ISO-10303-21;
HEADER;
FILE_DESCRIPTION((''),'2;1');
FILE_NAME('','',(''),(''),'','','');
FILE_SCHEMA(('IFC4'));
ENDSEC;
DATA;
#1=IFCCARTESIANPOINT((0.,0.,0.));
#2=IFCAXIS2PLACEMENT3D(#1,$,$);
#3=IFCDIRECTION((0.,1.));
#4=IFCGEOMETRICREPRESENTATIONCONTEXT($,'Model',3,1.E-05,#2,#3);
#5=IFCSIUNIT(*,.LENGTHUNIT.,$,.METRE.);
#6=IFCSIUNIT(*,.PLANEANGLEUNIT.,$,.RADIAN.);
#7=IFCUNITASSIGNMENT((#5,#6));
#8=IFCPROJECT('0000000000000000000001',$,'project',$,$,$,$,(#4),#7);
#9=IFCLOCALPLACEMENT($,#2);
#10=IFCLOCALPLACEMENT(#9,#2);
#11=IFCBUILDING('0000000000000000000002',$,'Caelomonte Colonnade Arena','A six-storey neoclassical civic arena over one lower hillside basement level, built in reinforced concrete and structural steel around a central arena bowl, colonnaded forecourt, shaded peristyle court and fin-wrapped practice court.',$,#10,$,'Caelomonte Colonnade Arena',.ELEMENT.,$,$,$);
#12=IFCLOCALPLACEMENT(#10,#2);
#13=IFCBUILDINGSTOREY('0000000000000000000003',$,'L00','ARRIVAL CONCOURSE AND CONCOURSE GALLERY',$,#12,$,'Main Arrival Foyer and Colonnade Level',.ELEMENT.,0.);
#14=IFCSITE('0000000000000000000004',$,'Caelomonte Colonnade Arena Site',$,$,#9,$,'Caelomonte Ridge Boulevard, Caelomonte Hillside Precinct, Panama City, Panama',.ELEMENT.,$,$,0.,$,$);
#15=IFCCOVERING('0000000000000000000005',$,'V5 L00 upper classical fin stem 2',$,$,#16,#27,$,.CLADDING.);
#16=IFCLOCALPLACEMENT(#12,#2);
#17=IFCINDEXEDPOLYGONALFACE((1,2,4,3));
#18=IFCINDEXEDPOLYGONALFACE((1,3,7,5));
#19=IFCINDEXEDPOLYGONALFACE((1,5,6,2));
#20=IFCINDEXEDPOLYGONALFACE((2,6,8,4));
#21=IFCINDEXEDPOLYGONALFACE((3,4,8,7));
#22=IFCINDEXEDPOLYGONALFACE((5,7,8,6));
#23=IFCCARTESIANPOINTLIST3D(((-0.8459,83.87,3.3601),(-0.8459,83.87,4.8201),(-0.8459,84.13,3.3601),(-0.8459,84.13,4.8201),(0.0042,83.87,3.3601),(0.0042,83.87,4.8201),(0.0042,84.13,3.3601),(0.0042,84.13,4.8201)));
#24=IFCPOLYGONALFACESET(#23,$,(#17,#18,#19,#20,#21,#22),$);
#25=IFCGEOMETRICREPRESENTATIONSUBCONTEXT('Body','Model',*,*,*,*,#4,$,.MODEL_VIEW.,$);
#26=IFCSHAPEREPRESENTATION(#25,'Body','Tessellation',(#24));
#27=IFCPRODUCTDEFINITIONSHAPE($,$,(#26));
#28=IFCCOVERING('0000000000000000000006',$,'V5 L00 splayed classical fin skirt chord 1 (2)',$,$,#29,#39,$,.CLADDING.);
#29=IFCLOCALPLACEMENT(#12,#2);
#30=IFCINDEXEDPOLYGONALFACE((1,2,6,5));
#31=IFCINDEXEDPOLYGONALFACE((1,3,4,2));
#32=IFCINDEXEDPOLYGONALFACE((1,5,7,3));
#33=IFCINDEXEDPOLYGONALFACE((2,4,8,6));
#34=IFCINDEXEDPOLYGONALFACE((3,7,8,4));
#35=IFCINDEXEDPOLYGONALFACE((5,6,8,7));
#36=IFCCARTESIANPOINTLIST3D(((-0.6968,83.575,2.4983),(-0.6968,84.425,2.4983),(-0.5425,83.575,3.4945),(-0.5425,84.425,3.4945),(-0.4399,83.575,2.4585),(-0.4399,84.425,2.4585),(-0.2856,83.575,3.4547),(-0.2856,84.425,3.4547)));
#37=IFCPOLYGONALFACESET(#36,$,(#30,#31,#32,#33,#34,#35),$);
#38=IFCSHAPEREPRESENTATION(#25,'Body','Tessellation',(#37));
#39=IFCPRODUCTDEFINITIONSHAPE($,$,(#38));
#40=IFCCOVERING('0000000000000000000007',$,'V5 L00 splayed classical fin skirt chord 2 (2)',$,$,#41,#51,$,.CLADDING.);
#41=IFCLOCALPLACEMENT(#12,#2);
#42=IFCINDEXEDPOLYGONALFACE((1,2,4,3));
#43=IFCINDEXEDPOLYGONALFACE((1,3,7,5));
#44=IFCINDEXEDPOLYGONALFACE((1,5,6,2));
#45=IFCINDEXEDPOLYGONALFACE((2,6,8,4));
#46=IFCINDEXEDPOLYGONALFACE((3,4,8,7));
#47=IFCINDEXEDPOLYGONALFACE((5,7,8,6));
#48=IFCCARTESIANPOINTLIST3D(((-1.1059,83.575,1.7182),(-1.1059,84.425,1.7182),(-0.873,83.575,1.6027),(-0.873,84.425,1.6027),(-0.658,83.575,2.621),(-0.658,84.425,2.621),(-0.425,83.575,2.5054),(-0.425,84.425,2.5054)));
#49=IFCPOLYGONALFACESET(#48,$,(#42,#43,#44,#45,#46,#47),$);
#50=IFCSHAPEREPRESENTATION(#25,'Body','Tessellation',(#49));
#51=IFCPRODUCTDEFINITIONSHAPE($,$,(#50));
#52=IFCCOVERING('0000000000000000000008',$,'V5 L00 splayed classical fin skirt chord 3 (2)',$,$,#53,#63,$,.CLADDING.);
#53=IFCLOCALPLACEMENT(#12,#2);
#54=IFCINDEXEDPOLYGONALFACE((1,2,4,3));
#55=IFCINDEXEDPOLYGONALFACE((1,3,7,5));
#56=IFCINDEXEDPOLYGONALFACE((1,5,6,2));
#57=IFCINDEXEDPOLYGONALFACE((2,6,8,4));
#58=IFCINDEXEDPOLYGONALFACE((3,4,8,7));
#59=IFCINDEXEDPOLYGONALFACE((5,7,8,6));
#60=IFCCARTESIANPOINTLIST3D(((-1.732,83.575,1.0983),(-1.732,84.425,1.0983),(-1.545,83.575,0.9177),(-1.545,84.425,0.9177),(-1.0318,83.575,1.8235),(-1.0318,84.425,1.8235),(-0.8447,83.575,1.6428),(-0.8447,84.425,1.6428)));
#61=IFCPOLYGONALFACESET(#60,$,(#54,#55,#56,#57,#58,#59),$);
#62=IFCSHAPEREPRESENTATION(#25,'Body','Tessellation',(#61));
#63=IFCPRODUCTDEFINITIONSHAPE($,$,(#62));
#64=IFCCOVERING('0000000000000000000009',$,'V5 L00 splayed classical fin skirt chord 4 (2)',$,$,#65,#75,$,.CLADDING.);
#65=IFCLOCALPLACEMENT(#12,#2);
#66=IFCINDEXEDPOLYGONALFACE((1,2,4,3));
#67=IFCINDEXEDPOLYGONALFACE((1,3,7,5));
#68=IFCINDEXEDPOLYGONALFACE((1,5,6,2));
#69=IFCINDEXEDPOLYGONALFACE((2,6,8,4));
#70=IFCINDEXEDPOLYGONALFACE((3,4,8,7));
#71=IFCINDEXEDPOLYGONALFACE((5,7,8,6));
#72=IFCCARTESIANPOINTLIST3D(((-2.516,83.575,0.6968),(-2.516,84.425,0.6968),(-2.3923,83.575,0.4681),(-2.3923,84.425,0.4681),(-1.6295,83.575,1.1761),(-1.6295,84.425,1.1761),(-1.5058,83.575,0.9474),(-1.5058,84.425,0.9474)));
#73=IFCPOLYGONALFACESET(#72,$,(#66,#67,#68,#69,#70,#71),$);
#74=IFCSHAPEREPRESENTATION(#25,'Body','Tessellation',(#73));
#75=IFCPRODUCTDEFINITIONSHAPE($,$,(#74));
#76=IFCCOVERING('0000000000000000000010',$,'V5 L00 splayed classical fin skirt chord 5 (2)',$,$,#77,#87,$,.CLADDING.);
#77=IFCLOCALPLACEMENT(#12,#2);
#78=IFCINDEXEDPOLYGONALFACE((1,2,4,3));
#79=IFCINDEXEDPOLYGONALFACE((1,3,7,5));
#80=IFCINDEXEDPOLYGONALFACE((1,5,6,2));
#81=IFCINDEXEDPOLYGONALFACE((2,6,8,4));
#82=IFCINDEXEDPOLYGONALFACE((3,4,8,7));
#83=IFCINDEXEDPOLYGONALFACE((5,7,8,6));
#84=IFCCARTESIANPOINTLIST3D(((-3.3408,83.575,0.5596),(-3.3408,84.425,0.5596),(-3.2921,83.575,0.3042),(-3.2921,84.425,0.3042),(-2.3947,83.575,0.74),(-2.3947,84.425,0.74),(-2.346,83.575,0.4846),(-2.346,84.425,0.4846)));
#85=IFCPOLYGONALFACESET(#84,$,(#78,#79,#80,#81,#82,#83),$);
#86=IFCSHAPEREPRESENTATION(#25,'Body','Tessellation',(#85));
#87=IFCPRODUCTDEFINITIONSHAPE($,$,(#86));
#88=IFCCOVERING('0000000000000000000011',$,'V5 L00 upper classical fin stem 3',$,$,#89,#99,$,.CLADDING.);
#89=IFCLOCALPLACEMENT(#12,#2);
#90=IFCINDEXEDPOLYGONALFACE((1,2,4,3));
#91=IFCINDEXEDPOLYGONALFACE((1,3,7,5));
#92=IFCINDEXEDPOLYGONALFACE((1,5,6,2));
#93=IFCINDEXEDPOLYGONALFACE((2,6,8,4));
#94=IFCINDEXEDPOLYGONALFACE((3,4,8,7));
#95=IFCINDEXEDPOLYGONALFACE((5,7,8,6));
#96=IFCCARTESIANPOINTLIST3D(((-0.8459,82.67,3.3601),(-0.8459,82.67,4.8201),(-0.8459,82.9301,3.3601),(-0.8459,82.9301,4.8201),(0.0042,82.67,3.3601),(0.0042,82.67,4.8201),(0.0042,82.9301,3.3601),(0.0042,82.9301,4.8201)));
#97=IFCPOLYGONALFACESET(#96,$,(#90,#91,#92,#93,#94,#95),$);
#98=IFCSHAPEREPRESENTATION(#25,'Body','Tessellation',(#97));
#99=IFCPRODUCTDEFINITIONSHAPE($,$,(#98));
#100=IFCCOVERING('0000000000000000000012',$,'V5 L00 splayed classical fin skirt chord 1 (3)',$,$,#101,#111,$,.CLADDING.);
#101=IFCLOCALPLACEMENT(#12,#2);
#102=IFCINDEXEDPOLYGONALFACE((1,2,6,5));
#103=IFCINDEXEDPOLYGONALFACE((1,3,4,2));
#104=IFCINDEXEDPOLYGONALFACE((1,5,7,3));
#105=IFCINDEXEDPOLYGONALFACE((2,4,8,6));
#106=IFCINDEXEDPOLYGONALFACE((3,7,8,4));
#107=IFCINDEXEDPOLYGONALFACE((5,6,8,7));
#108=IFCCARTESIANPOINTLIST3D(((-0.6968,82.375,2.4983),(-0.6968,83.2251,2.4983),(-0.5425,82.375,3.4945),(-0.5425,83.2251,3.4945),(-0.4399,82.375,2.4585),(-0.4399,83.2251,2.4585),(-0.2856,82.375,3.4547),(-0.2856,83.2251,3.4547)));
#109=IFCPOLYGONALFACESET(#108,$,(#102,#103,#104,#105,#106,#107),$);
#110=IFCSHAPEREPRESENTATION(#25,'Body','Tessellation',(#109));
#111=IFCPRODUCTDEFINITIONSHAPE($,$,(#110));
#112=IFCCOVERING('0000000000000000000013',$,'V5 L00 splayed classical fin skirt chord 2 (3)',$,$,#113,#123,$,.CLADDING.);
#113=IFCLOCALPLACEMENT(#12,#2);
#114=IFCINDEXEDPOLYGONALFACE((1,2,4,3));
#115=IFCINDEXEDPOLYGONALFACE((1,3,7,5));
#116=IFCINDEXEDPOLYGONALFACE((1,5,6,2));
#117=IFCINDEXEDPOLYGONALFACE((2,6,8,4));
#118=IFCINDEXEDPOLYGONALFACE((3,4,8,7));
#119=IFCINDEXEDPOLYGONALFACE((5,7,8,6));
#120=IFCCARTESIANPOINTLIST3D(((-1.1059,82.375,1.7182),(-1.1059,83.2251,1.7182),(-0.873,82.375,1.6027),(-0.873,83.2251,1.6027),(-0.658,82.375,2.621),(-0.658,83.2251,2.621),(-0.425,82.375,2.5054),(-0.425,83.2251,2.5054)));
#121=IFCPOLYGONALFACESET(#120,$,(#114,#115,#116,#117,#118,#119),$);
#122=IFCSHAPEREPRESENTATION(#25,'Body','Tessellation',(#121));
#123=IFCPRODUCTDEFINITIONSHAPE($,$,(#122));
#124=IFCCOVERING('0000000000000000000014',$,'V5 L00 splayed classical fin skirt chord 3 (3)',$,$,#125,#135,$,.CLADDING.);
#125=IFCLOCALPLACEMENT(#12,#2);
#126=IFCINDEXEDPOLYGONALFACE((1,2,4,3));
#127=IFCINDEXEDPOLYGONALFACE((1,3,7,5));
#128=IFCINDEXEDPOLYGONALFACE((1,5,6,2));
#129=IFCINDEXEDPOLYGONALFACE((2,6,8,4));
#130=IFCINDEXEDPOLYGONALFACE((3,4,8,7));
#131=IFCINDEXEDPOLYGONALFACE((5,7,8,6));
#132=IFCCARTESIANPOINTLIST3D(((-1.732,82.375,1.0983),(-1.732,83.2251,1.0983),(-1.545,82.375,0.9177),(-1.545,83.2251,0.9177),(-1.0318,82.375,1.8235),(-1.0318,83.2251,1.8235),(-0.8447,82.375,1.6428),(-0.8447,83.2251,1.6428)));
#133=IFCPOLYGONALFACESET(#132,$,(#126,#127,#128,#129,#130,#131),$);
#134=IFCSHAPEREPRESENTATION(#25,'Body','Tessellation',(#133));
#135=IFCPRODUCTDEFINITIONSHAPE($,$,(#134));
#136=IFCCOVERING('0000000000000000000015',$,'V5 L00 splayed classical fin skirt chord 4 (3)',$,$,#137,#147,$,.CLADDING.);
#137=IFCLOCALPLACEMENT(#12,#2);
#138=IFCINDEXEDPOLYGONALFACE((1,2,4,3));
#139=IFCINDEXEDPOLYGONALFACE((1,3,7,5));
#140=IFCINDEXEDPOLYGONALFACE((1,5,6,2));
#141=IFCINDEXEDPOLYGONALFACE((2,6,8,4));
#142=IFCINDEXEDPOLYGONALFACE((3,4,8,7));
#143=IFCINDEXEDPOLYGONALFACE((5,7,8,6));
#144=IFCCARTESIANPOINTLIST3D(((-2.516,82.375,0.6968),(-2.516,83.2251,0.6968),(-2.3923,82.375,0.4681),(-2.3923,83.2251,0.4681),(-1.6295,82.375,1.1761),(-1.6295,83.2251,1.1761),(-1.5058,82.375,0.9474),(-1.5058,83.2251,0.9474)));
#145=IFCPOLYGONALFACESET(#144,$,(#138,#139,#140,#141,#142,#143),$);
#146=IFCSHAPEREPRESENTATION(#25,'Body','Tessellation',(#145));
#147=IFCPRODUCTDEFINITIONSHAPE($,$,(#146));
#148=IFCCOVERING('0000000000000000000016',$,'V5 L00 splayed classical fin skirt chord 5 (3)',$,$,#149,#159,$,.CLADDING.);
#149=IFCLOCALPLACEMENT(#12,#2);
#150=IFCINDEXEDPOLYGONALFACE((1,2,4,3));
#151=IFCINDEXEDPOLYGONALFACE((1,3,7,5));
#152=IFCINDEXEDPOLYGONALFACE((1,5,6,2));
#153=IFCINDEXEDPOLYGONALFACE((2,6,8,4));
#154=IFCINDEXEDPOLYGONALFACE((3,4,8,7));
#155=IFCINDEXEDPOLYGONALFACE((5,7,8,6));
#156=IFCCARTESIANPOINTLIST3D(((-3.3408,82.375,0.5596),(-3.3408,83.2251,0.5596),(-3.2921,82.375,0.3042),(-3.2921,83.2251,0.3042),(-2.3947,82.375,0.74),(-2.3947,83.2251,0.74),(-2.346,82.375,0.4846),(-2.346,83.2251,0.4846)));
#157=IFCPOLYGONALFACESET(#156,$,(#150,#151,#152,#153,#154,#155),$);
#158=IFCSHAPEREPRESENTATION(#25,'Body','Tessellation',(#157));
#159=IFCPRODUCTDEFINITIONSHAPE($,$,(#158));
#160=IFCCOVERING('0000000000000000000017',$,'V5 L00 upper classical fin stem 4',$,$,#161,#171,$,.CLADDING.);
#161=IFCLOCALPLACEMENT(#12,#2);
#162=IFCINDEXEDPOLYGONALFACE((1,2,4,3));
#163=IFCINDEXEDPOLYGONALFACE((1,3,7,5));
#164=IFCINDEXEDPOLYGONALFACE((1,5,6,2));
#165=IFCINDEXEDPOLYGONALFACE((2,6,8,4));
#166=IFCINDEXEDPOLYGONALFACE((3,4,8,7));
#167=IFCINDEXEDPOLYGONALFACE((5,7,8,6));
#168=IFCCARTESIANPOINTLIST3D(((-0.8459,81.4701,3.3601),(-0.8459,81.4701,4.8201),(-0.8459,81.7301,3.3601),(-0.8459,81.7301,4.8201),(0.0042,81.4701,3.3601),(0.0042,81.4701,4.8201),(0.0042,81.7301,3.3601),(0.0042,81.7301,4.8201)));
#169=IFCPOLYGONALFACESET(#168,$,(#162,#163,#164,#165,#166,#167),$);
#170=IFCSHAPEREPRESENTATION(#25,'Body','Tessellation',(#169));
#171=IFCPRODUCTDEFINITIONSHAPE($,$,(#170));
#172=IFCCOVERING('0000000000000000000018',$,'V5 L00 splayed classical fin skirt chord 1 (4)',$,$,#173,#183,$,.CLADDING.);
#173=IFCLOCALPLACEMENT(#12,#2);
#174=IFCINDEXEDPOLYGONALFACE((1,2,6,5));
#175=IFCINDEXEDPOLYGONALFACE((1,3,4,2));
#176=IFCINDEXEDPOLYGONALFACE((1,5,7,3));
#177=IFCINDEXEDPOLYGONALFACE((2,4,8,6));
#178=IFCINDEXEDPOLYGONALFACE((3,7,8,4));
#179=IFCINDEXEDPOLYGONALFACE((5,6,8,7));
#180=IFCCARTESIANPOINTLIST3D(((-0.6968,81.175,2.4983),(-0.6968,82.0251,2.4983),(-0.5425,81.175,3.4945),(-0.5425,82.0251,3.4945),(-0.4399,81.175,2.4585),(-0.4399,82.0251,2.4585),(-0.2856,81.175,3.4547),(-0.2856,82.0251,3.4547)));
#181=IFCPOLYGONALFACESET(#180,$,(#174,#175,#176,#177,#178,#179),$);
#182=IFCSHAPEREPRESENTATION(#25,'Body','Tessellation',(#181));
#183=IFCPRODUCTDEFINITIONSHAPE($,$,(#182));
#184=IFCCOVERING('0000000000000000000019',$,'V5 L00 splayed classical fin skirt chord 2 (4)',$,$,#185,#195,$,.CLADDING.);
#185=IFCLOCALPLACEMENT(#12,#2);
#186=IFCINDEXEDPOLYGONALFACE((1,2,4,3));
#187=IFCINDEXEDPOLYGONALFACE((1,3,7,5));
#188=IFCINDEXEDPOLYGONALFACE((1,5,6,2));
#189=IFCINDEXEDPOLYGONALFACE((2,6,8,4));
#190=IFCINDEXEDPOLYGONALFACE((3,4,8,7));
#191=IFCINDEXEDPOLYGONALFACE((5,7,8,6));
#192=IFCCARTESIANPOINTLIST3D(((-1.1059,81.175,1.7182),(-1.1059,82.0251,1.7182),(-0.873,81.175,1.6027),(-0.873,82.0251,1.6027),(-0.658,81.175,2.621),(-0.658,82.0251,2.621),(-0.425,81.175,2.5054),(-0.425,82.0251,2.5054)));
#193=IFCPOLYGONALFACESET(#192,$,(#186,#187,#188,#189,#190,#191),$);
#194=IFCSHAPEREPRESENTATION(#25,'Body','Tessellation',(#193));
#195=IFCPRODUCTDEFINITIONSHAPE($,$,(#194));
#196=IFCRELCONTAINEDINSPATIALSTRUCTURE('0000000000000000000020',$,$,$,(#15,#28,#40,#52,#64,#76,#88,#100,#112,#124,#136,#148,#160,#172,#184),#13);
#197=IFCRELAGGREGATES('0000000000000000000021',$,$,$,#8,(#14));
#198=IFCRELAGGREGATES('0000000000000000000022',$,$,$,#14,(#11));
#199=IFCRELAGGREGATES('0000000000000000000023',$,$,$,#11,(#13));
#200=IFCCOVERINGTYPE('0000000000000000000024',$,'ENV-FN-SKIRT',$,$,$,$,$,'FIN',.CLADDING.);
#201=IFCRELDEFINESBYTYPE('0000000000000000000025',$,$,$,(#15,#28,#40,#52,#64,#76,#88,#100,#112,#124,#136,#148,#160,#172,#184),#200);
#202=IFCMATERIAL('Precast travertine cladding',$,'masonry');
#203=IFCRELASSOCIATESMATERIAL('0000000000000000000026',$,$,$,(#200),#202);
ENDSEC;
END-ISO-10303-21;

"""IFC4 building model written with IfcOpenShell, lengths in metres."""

from ifc_helpers import new_model, si_unit, direction, frame, origin, origin_2d, place, context, subcontext, project, spatial, rectangle, extrude, material, material_profile, profile_set, type_object, element, save


model = new_model("IFC4")

# Units and contexts
model_context = context("Model", 3, precision=1e-05, world=origin(), true_north=direction((0.0, 1.0)))
body_context = subcontext(model_context, "Body", "Model", "MODEL_VIEW")
ifc_project = project(units=[si_unit("LENGTHUNIT", "METRE"), si_unit("PLANEANGLEUNIT", "RADIAN")], contexts=[model_context])

# Site, building, storey
site_placement = place(None, origin())
site = spatial("IfcSite", under=ifc_project, at=site_placement, Name="Caelomonte Colonnade Arena Site", LongName="Caelomonte Ridge Boulevard, Caelomonte Hillside Precinct, Panama City, Panama", CompositionType="ELEMENT", RefElevation=0.0)
building_placement = place(site_placement, origin())
building = spatial("IfcBuilding", under=site, at=building_placement, Name="Caelomonte Colonnade Arena", Description="A six-storey neoclassical civic arena over one lower hillside basement level, built in reinforced concrete and structural steel around a central arena bowl, colonnaded forecourt, shaded peristyle court and fin-wrapped practice court.", LongName="Caelomonte Colonnade Arena", CompositionType="ELEMENT")
storey_placement = place(building_placement, origin())
storey = spatial("IfcBuildingStorey", under=building, at=storey_placement, Name="L00", Description="ARRIVAL CONCOURSE AND CONCOURSE GALLERY", LongName="Main Arrival Foyer and Colonnade Level", CompositionType="ELEMENT", Elevation=0.0)

# Coverings
ifc_material_1 = material(Name="Precast travertine cladding", Category="masonry")
ifc_material_profile_1 = material_profile(ifc_material_1, rectangle(XDim=0.26, YDim=0.8501, at=origin_2d()), Name="FIN260X850")
ifc_profile_set_1 = profile_set([ifc_material_profile_1], Name="Precast travertine cladding")
covering_type = type_object("IfcCoveringType", Name="ENV-FN-SKIRT", ElementType="FIN", PredefinedType="CLADDING", material=ifc_profile_set_1)
covering_1_placement = place(storey_placement, frame((-0.4209, 84.0, 3.3601), z_axis=(0.0, 0.0, 1.0), x_axis=(0.0, 1.0, 0.0)))
element("IfcCovering", 1, at=covering_1_placement, inside=storey, type_object=covering_type, Name="V5 L00 upper classical fin stem 2", PredefinedType="CLADDING", context=body_context, shape_type="SweptSolid", body=[
    extrude(rectangle(XDim=0.26, YDim=0.8501, at=origin_2d()), origin(), (0.0, 0.0, 1.0), 1.46),
])
covering_2_placement = place(storey_placement, frame((-0.4141, 84.0, 3.4746), z_axis=(-0.153076, 0.0, -0.988214), x_axis=(-0.988214, 0.0, 0.153076)))
element("IfcCovering", 2, at=covering_2_placement, inside=storey, type_object=covering_type, Name="V5 L00 splayed classical fin skirt chord 1 (2)", PredefinedType="CLADDING", context=body_context, shape_type="SweptSolid", body=[
    extrude(rectangle(XDim=0.26, YDim=0.8501, at=origin_2d()), origin(), (0.0, 0.0, 1.0), 1.0081),
])
covering_3_placement = place(storey_placement, frame((-0.5415, 84.0, 2.5632), z_axis=(-0.444499, 0.0, -0.89578), x_axis=(-0.89578, 0.0, 0.444499)))
element("IfcCovering", 3, at=covering_3_placement, inside=storey, type_object=covering_type, Name="V5 L00 splayed classical fin skirt chord 2 (2)", PredefinedType="CLADDING", context=body_context, shape_type="SweptSolid", body=[
    extrude(rectangle(XDim=0.26, YDim=0.8501, at=origin_2d()), origin(), (0.0, 0.0, 1.0), 1.0078),
])
covering_4_placement = place(storey_placement, frame((-0.9382, 84.0, 1.7332), z_axis=(-0.694646, 0.0, -0.719351), x_axis=(-0.719351, 0.0, 0.694646)))
element("IfcCovering", 4, at=covering_4_placement, inside=storey, type_object=covering_type, Name="V5 L00 splayed classical fin skirt chord 3 (2)", PredefinedType="CLADDING", context=body_context, shape_type="SweptSolid", body=[
    extrude(rectangle(XDim=0.26, YDim=0.8501, at=origin_2d()), origin(), (0.0, 0.0, 1.0), 1.0081),
])
covering_5_placement = place(storey_placement, frame((-1.5676, 84.0, 1.0618), z_axis=(-0.879676, 0.0, -0.475573), x_axis=(-0.475573, 0.0, 0.879676)))
element("IfcCovering", 5, at=covering_5_placement, inside=storey, type_object=covering_type, Name="V5 L00 splayed classical fin skirt chord 4 (2)", PredefinedType="CLADDING", context=body_context, shape_type="SweptSolid", body=[
    extrude(rectangle(XDim=0.26, YDim=0.8501, at=origin_2d()), origin(), (0.0, 0.0, 1.0), 1.0078),
])
covering_6_placement = place(storey_placement, frame((-2.3704, 84.0, 0.6123), z_axis=(-0.982296, 0.0, -0.187333), x_axis=(-0.187333, 0.0, 0.982296)))
element("IfcCovering", 6, at=covering_6_placement, inside=storey, type_object=covering_type, Name="V5 L00 splayed classical fin skirt chord 5 (2)", PredefinedType="CLADDING", context=body_context, shape_type="SweptSolid", body=[
    extrude(rectangle(XDim=0.26, YDim=0.8501, at=origin_2d()), origin(), (0.0, 0.0, 1.0), 0.9631),
])
covering_7_placement = place(storey_placement, frame((-0.4209, 82.8, 3.3601), z_axis=(0.0, 0.0, 1.0), x_axis=(0.0, 1.0, 0.0)))
element("IfcCovering", 7, at=covering_7_placement, inside=storey, type_object=covering_type, Name="V5 L00 upper classical fin stem 3", PredefinedType="CLADDING", context=body_context, shape_type="SweptSolid", body=[
    extrude(rectangle(XDim=0.26, YDim=0.8501, at=origin_2d()), origin(), (0.0, 0.0, 1.0), 1.46),
])
covering_8_placement = place(storey_placement, frame((-0.4141, 82.8, 3.4746), z_axis=(-0.153076, 0.0, -0.988214), x_axis=(-0.988214, 0.0, 0.153076)))
element("IfcCovering", 8, at=covering_8_placement, inside=storey, type_object=covering_type, Name="V5 L00 splayed classical fin skirt chord 1 (3)", PredefinedType="CLADDING", context=body_context, shape_type="SweptSolid", body=[
    extrude(rectangle(XDim=0.26, YDim=0.8501, at=origin_2d()), origin(), (0.0, 0.0, 1.0), 1.0081),
])
covering_9_placement = place(storey_placement, frame((-0.5415, 82.8, 2.5632), z_axis=(-0.444499, 0.0, -0.89578), x_axis=(-0.89578, 0.0, 0.444499)))
element("IfcCovering", 9, at=covering_9_placement, inside=storey, type_object=covering_type, Name="V5 L00 splayed classical fin skirt chord 2 (3)", PredefinedType="CLADDING", context=body_context, shape_type="SweptSolid", body=[
    extrude(rectangle(XDim=0.26, YDim=0.8501, at=origin_2d()), origin(), (0.0, 0.0, 1.0), 1.0078),
])
covering_10_placement = place(storey_placement, frame((-0.9382, 82.8, 1.7332), z_axis=(-0.694646, 0.0, -0.719351), x_axis=(-0.719351, 0.0, 0.694646)))
element("IfcCovering", 10, at=covering_10_placement, inside=storey, type_object=covering_type, Name="V5 L00 splayed classical fin skirt chord 3 (3)", PredefinedType="CLADDING", context=body_context, shape_type="SweptSolid", body=[
    extrude(rectangle(XDim=0.26, YDim=0.8501, at=origin_2d()), origin(), (0.0, 0.0, 1.0), 1.0081),
])
covering_11_placement = place(storey_placement, frame((-1.5676, 82.8, 1.0618), z_axis=(-0.879676, 0.0, -0.475573), x_axis=(-0.475573, 0.0, 0.879676)))
element("IfcCovering", 11, at=covering_11_placement, inside=storey, type_object=covering_type, Name="V5 L00 splayed classical fin skirt chord 4 (3)", PredefinedType="CLADDING", context=body_context, shape_type="SweptSolid", body=[
    extrude(rectangle(XDim=0.26, YDim=0.8501, at=origin_2d()), origin(), (0.0, 0.0, 1.0), 1.0078),
])
covering_12_placement = place(storey_placement, frame((-2.3704, 82.8, 0.6123), z_axis=(-0.982296, 0.0, -0.187333), x_axis=(-0.187333, 0.0, 0.982296)))
element("IfcCovering", 12, at=covering_12_placement, inside=storey, type_object=covering_type, Name="V5 L00 splayed classical fin skirt chord 5 (3)", PredefinedType="CLADDING", context=body_context, shape_type="SweptSolid", body=[
    extrude(rectangle(XDim=0.26, YDim=0.8501, at=origin_2d()), origin(), (0.0, 0.0, 1.0), 0.9631),
])
covering_13_placement = place(storey_placement, frame((-0.4209, 81.6001, 3.3601), z_axis=(0.0, 0.0, 1.0), x_axis=(0.0, 1.0, 0.0)))
element("IfcCovering", 13, at=covering_13_placement, inside=storey, type_object=covering_type, Name="V5 L00 upper classical fin stem 4", PredefinedType="CLADDING", context=body_context, shape_type="SweptSolid", body=[
    extrude(rectangle(XDim=0.26, YDim=0.8501, at=origin_2d()), origin(), (0.0, 0.0, 1.0), 1.46),
])
covering_14_placement = place(storey_placement, frame((-0.4141, 81.6001, 3.4746), z_axis=(-0.153076, 0.0, -0.988214), x_axis=(-0.988214, 0.0, 0.153076)))
element("IfcCovering", 14, at=covering_14_placement, inside=storey, type_object=covering_type, Name="V5 L00 splayed classical fin skirt chord 1 (4)", PredefinedType="CLADDING", context=body_context, shape_type="SweptSolid", body=[
    extrude(rectangle(XDim=0.26, YDim=0.8501, at=origin_2d()), origin(), (0.0, 0.0, 1.0), 1.0081),
])
covering_15_placement = place(storey_placement, frame((-0.5415, 81.6001, 2.5632), z_axis=(-0.444499, 0.0, -0.89578), x_axis=(-0.89578, 0.0, 0.444499)))
element("IfcCovering", 15, at=covering_15_placement, inside=storey, type_object=covering_type, Name="V5 L00 splayed classical fin skirt chord 2 (4)", PredefinedType="CLADDING", context=body_context, shape_type="SweptSolid", body=[
    extrude(rectangle(XDim=0.26, YDim=0.8501, at=origin_2d()), origin(), (0.0, 0.0, 1.0), 1.0078),
])

save(model, "model.ifc")
